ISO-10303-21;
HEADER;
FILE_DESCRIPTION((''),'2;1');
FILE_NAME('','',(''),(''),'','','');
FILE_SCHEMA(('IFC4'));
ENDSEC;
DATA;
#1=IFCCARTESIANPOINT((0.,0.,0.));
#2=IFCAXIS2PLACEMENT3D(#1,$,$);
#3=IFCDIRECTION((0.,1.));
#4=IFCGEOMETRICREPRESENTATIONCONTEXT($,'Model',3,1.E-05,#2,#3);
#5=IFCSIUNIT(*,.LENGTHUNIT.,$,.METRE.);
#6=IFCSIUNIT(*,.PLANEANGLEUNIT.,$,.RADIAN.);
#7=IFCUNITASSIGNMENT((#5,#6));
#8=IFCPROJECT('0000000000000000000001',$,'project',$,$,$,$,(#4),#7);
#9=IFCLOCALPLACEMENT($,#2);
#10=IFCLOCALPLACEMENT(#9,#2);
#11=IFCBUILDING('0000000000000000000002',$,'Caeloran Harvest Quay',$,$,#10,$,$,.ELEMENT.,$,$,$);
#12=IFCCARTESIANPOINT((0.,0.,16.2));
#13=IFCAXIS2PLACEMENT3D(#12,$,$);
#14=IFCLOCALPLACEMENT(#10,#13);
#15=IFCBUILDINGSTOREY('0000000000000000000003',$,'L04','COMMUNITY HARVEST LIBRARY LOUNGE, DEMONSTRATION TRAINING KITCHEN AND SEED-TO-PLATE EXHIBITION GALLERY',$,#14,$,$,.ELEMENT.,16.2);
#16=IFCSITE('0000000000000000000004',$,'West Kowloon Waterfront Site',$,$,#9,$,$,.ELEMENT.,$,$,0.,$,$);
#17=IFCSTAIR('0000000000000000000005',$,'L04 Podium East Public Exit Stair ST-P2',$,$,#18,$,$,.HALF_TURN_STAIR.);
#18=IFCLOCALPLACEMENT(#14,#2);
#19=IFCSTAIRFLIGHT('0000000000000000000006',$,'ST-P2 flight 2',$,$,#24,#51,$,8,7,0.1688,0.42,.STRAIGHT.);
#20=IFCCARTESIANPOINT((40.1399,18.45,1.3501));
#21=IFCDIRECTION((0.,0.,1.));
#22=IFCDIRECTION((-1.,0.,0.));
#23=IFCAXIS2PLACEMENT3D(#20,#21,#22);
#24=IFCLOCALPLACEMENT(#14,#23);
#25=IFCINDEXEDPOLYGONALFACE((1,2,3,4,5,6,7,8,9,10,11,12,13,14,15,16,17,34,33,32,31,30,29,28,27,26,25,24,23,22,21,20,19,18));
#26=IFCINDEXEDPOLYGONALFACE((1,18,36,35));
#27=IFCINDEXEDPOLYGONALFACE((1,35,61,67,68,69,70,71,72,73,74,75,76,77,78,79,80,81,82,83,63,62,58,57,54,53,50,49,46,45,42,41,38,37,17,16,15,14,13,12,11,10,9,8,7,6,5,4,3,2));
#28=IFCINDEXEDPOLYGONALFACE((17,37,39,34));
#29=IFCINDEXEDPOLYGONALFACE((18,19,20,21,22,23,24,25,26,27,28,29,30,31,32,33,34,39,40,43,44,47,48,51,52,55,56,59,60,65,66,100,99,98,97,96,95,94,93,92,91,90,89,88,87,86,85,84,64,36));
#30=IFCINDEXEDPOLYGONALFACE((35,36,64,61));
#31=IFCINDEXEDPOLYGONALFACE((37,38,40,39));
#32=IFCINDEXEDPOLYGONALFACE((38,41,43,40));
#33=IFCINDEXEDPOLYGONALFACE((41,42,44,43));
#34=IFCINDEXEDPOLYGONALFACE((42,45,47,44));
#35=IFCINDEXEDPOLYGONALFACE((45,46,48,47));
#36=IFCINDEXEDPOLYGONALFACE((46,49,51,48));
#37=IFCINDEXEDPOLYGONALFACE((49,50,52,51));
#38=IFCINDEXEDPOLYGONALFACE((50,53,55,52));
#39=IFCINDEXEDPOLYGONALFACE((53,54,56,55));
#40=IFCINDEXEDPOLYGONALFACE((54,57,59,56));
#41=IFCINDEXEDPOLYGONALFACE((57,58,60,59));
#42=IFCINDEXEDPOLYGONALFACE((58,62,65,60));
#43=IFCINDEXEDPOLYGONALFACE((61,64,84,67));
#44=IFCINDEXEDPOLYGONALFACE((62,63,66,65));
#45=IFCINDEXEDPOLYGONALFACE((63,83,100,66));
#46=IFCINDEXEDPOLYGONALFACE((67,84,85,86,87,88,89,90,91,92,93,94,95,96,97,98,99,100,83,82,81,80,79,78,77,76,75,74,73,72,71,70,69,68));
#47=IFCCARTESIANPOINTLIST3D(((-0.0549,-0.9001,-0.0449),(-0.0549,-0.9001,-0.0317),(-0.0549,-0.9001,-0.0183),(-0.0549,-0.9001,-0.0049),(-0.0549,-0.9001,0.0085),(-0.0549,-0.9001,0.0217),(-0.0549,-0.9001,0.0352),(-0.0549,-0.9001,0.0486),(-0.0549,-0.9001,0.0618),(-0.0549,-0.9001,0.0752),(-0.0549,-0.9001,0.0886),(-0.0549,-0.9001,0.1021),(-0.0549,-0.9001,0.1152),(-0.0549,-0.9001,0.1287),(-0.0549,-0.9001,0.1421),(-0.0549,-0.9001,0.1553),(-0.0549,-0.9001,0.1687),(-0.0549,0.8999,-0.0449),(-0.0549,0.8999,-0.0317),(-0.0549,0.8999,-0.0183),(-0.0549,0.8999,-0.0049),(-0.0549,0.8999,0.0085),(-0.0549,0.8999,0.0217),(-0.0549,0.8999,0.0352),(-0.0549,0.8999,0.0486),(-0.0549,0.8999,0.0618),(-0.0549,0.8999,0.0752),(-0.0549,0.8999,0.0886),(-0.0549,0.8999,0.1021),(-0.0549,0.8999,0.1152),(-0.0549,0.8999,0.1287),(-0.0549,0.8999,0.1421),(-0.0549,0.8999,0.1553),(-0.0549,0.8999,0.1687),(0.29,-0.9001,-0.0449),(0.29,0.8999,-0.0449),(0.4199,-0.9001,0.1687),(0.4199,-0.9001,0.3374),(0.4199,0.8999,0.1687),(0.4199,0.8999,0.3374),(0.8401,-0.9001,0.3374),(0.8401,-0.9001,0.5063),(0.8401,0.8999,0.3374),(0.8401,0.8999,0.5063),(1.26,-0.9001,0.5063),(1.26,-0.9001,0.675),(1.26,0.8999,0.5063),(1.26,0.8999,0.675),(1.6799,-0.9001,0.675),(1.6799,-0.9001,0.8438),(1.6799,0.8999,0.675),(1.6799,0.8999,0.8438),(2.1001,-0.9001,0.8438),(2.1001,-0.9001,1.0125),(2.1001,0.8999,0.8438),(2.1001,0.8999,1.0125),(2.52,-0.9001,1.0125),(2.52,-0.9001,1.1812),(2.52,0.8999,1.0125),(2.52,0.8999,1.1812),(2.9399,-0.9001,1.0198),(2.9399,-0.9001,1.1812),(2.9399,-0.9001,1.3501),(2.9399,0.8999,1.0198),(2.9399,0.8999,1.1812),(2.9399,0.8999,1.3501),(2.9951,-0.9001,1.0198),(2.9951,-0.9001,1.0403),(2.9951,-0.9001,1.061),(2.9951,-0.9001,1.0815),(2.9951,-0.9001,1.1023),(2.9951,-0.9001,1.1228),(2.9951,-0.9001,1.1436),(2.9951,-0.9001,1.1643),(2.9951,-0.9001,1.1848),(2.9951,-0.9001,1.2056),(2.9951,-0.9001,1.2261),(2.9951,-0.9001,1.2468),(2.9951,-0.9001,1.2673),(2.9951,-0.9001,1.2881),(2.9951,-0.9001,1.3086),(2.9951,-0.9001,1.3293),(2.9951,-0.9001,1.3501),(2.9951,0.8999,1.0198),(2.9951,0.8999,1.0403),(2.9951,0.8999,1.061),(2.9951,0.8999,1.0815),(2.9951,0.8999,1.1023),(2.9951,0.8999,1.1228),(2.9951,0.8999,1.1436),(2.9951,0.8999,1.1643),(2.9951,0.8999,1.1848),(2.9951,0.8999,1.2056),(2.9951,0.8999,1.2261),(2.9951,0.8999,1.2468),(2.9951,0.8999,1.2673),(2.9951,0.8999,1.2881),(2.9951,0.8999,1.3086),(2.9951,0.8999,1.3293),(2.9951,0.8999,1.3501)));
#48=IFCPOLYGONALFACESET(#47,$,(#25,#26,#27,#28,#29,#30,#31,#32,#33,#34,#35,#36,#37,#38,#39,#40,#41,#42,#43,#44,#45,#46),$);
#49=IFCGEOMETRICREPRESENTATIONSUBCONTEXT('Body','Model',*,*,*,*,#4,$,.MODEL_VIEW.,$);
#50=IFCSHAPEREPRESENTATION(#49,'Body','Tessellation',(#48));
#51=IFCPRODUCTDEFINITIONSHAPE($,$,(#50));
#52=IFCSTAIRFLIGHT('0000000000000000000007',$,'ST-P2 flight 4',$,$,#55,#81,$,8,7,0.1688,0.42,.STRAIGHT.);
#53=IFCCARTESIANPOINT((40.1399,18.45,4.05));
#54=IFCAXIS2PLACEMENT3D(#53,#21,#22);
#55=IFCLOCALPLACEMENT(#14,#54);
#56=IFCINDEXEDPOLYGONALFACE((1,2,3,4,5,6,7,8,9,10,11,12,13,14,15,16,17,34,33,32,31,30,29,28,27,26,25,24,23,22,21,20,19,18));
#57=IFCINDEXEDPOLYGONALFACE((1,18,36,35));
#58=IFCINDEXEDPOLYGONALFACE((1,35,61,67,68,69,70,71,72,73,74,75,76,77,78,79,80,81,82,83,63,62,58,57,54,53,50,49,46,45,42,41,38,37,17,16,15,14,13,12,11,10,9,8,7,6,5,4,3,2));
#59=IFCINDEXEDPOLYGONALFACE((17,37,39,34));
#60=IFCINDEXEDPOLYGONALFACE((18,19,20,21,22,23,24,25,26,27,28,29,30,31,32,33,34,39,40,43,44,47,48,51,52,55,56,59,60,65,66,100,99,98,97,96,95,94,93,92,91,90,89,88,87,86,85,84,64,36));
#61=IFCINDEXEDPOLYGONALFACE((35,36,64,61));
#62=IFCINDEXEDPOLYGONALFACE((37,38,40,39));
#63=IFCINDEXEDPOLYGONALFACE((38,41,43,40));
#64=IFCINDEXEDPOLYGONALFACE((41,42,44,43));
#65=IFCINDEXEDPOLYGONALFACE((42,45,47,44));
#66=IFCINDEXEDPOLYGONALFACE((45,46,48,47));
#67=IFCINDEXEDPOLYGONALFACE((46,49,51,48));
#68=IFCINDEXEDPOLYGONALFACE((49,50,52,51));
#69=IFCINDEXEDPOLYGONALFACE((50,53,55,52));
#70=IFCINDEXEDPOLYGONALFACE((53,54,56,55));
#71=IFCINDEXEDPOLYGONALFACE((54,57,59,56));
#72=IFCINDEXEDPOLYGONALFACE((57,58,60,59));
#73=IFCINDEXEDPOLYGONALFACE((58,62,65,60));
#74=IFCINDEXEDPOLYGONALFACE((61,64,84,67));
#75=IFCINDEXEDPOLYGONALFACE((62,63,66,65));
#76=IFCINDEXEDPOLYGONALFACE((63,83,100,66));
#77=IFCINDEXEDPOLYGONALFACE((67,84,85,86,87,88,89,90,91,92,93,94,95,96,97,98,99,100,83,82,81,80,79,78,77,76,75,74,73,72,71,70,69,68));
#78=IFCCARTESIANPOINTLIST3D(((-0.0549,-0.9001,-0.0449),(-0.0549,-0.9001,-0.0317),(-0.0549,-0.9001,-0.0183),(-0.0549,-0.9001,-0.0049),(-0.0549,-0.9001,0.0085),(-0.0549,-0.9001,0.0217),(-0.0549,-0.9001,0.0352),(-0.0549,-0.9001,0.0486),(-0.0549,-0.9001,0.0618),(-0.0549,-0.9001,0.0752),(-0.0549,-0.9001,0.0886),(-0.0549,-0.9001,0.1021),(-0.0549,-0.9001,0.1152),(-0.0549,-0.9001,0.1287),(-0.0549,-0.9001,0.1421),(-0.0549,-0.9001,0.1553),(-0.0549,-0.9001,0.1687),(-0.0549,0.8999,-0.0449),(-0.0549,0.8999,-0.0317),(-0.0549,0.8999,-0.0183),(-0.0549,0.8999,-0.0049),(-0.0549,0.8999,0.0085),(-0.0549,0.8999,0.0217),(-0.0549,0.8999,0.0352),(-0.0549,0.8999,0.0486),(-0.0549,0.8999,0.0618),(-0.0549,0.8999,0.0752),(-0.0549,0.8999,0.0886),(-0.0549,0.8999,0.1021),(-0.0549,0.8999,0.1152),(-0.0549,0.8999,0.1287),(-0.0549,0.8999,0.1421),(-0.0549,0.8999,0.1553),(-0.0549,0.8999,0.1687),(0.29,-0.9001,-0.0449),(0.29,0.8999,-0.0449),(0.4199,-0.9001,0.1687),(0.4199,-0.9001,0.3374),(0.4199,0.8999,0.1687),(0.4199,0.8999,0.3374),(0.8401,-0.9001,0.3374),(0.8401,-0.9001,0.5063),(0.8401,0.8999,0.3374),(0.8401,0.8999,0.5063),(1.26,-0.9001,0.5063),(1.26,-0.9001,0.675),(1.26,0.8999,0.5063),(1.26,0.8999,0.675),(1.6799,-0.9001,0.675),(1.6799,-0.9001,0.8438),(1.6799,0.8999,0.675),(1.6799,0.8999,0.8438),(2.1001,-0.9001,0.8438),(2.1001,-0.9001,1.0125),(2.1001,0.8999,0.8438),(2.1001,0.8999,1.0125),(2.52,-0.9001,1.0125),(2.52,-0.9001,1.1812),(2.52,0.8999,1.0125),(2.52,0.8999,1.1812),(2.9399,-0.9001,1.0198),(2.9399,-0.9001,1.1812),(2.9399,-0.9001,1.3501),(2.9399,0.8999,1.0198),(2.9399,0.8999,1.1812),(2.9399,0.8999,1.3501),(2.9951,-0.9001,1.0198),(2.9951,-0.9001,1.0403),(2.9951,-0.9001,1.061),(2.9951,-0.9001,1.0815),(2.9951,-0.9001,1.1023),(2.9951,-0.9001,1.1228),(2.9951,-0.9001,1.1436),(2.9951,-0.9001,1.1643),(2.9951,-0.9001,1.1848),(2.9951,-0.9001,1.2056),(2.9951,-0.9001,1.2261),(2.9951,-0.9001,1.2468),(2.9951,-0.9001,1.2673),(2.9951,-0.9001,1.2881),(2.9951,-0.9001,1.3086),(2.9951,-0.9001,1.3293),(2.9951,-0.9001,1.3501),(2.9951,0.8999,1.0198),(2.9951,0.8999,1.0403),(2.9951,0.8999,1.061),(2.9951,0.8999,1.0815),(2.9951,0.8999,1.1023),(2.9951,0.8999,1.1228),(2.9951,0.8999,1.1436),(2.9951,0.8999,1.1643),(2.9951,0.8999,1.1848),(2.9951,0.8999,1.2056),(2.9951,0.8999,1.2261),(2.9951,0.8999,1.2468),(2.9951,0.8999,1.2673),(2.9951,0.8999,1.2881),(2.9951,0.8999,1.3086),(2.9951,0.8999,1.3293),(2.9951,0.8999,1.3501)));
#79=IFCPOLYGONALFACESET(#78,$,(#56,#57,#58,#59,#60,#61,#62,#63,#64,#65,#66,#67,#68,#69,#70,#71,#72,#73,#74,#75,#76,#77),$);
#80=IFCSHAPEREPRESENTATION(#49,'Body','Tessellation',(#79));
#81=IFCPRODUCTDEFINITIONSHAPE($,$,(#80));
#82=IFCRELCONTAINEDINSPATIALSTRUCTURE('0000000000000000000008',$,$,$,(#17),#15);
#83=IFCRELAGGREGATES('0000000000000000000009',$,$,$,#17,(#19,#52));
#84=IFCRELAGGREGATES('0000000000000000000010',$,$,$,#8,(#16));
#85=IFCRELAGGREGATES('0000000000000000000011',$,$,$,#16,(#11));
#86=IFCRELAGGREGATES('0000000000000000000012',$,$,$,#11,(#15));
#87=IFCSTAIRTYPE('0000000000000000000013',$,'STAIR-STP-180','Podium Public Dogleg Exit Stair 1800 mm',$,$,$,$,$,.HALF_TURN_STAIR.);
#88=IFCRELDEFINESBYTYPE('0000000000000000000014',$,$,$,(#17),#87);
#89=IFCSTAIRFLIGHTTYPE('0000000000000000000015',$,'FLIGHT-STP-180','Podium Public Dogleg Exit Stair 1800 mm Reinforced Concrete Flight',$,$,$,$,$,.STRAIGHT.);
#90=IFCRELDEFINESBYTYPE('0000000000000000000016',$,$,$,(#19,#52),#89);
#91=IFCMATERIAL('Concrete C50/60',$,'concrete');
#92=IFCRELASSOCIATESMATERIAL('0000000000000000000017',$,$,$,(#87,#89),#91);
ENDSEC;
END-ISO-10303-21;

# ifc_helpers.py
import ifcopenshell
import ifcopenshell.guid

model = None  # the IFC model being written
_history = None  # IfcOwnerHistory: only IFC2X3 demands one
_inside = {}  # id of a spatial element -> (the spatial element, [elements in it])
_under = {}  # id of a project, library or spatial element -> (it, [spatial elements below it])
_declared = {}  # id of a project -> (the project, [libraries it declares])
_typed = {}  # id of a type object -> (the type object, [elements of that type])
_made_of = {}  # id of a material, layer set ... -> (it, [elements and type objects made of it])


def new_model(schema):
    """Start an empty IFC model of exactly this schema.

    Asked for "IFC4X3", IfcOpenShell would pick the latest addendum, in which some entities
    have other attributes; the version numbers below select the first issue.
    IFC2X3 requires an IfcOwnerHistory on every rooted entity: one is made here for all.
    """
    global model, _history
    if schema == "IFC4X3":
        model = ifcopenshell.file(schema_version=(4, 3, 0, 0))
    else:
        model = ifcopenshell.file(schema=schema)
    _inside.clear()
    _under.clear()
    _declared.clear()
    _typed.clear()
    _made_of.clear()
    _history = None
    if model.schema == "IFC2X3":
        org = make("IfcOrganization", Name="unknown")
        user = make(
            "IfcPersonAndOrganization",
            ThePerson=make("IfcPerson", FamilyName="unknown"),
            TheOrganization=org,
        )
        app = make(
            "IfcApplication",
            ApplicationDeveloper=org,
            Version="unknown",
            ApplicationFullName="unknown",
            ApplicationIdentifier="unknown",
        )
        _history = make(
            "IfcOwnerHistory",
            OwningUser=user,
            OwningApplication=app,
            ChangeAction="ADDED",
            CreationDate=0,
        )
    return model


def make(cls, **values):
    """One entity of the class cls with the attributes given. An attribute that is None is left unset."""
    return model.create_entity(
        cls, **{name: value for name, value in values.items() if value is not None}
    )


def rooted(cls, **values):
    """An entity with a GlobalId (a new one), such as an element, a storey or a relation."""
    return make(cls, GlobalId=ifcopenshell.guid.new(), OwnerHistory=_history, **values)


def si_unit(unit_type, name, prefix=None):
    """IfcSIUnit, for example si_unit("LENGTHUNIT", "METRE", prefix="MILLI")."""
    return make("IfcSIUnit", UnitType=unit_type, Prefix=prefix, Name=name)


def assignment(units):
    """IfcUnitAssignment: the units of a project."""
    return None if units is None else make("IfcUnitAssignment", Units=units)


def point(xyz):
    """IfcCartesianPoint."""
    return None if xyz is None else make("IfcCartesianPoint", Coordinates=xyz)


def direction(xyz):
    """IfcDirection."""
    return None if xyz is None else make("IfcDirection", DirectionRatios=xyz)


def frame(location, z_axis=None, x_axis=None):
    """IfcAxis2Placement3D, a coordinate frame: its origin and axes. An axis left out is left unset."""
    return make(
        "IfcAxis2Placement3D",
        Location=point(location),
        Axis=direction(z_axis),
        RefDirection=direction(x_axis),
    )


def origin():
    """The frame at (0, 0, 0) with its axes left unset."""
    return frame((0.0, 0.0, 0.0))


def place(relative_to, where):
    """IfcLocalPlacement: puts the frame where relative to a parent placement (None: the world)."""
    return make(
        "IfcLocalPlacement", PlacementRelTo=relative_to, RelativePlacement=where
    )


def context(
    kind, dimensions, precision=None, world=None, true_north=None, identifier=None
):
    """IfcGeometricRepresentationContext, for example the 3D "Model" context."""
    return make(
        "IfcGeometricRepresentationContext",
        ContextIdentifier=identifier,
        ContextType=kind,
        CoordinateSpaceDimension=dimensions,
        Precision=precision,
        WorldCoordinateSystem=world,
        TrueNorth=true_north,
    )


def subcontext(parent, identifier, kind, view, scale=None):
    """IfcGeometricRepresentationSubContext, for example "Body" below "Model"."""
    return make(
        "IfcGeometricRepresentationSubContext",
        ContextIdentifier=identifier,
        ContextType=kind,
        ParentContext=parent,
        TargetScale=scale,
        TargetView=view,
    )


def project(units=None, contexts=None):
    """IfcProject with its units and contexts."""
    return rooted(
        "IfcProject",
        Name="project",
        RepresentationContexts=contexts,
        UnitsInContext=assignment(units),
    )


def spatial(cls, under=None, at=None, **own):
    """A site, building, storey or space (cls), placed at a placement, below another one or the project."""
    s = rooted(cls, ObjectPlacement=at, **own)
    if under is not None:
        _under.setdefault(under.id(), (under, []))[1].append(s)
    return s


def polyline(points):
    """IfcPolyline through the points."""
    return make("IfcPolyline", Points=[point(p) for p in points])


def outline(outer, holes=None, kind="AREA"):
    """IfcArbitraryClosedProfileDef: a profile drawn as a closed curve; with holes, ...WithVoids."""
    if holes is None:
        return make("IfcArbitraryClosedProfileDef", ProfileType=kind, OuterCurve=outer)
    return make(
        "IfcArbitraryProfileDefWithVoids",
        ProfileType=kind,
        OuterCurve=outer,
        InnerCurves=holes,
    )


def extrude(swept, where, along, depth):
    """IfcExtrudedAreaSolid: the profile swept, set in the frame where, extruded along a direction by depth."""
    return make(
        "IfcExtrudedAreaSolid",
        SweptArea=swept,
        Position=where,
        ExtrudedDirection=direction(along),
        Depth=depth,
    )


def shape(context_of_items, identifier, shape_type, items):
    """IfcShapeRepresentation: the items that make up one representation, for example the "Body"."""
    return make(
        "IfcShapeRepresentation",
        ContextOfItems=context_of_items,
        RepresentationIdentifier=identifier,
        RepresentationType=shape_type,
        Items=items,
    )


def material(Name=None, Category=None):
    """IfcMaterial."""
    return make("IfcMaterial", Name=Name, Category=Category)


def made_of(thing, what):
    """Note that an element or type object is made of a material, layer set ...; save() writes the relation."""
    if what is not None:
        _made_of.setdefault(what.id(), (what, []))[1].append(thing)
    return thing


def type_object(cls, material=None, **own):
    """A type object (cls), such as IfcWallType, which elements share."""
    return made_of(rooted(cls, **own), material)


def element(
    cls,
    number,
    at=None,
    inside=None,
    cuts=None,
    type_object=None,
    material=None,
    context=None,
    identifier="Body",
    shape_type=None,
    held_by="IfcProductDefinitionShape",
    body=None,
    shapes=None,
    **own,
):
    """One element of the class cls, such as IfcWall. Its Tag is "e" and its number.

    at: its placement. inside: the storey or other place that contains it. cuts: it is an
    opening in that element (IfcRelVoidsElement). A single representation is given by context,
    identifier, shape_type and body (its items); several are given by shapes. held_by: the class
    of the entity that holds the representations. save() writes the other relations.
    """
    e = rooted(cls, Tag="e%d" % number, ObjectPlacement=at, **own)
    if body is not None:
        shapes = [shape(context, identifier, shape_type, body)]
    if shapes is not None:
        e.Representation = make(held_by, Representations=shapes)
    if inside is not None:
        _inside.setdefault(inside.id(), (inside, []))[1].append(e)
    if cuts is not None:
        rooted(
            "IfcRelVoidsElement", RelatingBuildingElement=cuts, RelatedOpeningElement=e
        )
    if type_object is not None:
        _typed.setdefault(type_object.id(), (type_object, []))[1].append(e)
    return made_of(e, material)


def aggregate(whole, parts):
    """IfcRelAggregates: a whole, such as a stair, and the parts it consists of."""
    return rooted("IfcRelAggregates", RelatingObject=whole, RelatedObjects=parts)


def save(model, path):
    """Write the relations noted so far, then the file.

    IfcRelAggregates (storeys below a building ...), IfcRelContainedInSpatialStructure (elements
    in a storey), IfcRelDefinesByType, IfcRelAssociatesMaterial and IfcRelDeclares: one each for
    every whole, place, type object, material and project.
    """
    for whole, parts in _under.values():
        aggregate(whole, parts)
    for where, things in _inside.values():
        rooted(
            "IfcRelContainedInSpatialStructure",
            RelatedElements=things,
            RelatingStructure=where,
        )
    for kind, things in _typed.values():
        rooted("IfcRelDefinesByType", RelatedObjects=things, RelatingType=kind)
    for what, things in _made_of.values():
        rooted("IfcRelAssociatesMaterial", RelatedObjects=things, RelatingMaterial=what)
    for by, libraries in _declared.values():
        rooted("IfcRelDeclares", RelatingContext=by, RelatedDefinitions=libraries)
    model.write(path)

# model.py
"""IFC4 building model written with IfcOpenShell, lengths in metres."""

from ifc_helpers import new_model, si_unit, direction, frame, origin, place, context, subcontext, project, spatial, polyline, outline, extrude, material, type_object, element, aggregate, save


model = new_model("IFC4")

# Units and contexts
model_context = context("Model", 3, precision=1e-05, world=origin(), true_north=direction((0.0, 1.0)))
body_context = subcontext(model_context, "Body", "Model", "MODEL_VIEW")
ifc_project = project(units=[si_unit("LENGTHUNIT", "METRE"), si_unit("PLANEANGLEUNIT", "RADIAN")], contexts=[model_context])

# Site, building, storey
site_placement = place(None, origin())
site = spatial("IfcSite", under=ifc_project, at=site_placement, Name="West Kowloon Waterfront Site", CompositionType="ELEMENT", RefElevation=0.0)
building_placement = place(site_placement, origin())
building = spatial("IfcBuilding", under=site, at=building_placement, Name="Caeloran Harvest Quay", CompositionType="ELEMENT")
storey_placement = place(building_placement, frame((0.0, 0.0, 16.2)))
storey = spatial("IfcBuildingStorey", under=building, at=storey_placement, Name="L04", Description="COMMUNITY HARVEST LIBRARY LOUNGE, DEMONSTRATION TRAINING KITCHEN AND SEED-TO-PLATE EXHIBITION GALLERY", CompositionType="ELEMENT", Elevation=16.2)

# Stair, stair flights
ifc_material_1 = material(Name="Concrete C50/60", Category="concrete")
stair_type = type_object("IfcStairType", Name="STAIR-STP-180", Description="Podium Public Dogleg Exit Stair 1800 mm", PredefinedType="HALF_TURN_STAIR", material=ifc_material_1)
stair_placement = place(storey_placement, origin())
stair = element("IfcStair", 1, at=stair_placement, inside=storey, type_object=stair_type, Name="L04 Podium East Public Exit Stair ST-P2", PredefinedType="HALF_TURN_STAIR")
stair_flight_type = type_object("IfcStairFlightType", Name="FLIGHT-STP-180", Description="Podium Public Dogleg Exit Stair 1800 mm Reinforced Concrete Flight", PredefinedType="STRAIGHT", material=ifc_material_1)
stair_flight_1_placement = place(storey_placement, frame((40.1399, 18.45, 1.3501), z_axis=(0.0, 0.0, 1.0), x_axis=(-1.0, 0.0, 0.0)))
stair_flight_1 = element("IfcStairFlight", 2, at=stair_flight_1_placement, type_object=stair_flight_type, Name="ST-P2 flight 2", NumberOfRisers=8, NumberOfTreads=7, PredefinedType="STRAIGHT", RiserHeight=0.1688, TreadLength=0.42, context=body_context, shape_type="SweptSolid", body=[
    extrude(outline(polyline([(-0.0549, -0.0449), (-0.0549, -0.0317), (-0.0549, -0.0183), (-0.0549, -0.0049), (-0.0549, 0.0085), (-0.0549, 0.0217), (-0.0549, 0.0352), (-0.0549, 0.0486), (-0.0549, 0.0618), (-0.0549, 0.0752), (-0.0549, 0.0886), (-0.0549, 0.1021), (-0.0549, 0.1152), (-0.0549, 0.1287), (-0.0549, 0.1421), (-0.0549, 0.1553), (-0.0549, 0.1687), (0.4199, 0.1687), (0.4199, 0.3374), (0.8401, 0.3374), (0.8401, 0.5063), (1.26, 0.5063), (1.26, 0.675), (1.6799, 0.675), (1.6799, 0.8438), (2.1001, 0.8438), (2.1001, 1.0125), (2.52, 1.0125), (2.52, 1.1812), (2.9399, 1.1812), (2.9399, 1.3501), (2.9951, 1.3501), (2.9951, 1.3293), (2.9951, 1.3086), (2.9951, 1.2881), (2.9951, 1.2673), (2.9951, 1.2468), (2.9951, 1.2261), (2.9951, 1.2056), (2.9951, 1.1848), (2.9951, 1.1643), (2.9951, 1.1436), (2.9951, 1.1228), (2.9951, 1.1023), (2.9951, 1.0815), (2.9951, 1.061), (2.9951, 1.0403), (2.9951, 1.0198), (2.9399, 1.0198), (0.29, -0.0449), (-0.0549, -0.0449)])), frame((0.0, 0.8999, 0.0), z_axis=(0.0, -1.0, 0.0), x_axis=(1.0, 0.0, 0.0)), (0.0, 0.0, 1.0), 1.8),
])
stair_flight_2_placement = place(storey_placement, frame((40.1399, 18.45, 4.05), z_axis=(0.0, 0.0, 1.0), x_axis=(-1.0, 0.0, 0.0)))
stair_flight_2 = element("IfcStairFlight", 3, at=stair_flight_2_placement, type_object=stair_flight_type, Name="ST-P2 flight 4", NumberOfRisers=8, NumberOfTreads=7, PredefinedType="STRAIGHT", RiserHeight=0.1688, TreadLength=0.42, context=body_context, shape_type="SweptSolid", body=[
    extrude(outline(polyline([(-0.0549, -0.0449), (-0.0549, -0.0317), (-0.0549, -0.0183), (-0.0549, -0.0049), (-0.0549, 0.0085), (-0.0549, 0.0217), (-0.0549, 0.0352), (-0.0549, 0.0486), (-0.0549, 0.0618), (-0.0549, 0.0752), (-0.0549, 0.0886), (-0.0549, 0.1021), (-0.0549, 0.1152), (-0.0549, 0.1287), (-0.0549, 0.1421), (-0.0549, 0.1553), (-0.0549, 0.1687), (0.4199, 0.1687), (0.4199, 0.3374), (0.8401, 0.3374), (0.8401, 0.5063), (1.26, 0.5063), (1.26, 0.675), (1.6799, 0.675), (1.6799, 0.8438), (2.1001, 0.8438), (2.1001, 1.0125), (2.52, 1.0125), (2.52, 1.1812), (2.9399, 1.1812), (2.9399, 1.3501), (2.9951, 1.3501), (2.9951, 1.3293), (2.9951, 1.3086), (2.9951, 1.2881), (2.9951, 1.2673), (2.9951, 1.2468), (2.9951, 1.2261), (2.9951, 1.2056), (2.9951, 1.1848), (2.9951, 1.1643), (2.9951, 1.1436), (2.9951, 1.1228), (2.9951, 1.1023), (2.9951, 1.0815), (2.9951, 1.061), (2.9951, 1.0403), (2.9951, 1.0198), (2.9399, 1.0198), (0.29, -0.0449), (-0.0549, -0.0449)])), frame((0.0, 0.8999, 0.0), z_axis=(0.0, -1.0, 0.0), x_axis=(1.0, 0.0, 0.0)), (0.0, 0.0, 1.0), 1.8),
])
aggregate(stair, [stair_flight_1, stair_flight_2])

save(model, "model.ifc")
